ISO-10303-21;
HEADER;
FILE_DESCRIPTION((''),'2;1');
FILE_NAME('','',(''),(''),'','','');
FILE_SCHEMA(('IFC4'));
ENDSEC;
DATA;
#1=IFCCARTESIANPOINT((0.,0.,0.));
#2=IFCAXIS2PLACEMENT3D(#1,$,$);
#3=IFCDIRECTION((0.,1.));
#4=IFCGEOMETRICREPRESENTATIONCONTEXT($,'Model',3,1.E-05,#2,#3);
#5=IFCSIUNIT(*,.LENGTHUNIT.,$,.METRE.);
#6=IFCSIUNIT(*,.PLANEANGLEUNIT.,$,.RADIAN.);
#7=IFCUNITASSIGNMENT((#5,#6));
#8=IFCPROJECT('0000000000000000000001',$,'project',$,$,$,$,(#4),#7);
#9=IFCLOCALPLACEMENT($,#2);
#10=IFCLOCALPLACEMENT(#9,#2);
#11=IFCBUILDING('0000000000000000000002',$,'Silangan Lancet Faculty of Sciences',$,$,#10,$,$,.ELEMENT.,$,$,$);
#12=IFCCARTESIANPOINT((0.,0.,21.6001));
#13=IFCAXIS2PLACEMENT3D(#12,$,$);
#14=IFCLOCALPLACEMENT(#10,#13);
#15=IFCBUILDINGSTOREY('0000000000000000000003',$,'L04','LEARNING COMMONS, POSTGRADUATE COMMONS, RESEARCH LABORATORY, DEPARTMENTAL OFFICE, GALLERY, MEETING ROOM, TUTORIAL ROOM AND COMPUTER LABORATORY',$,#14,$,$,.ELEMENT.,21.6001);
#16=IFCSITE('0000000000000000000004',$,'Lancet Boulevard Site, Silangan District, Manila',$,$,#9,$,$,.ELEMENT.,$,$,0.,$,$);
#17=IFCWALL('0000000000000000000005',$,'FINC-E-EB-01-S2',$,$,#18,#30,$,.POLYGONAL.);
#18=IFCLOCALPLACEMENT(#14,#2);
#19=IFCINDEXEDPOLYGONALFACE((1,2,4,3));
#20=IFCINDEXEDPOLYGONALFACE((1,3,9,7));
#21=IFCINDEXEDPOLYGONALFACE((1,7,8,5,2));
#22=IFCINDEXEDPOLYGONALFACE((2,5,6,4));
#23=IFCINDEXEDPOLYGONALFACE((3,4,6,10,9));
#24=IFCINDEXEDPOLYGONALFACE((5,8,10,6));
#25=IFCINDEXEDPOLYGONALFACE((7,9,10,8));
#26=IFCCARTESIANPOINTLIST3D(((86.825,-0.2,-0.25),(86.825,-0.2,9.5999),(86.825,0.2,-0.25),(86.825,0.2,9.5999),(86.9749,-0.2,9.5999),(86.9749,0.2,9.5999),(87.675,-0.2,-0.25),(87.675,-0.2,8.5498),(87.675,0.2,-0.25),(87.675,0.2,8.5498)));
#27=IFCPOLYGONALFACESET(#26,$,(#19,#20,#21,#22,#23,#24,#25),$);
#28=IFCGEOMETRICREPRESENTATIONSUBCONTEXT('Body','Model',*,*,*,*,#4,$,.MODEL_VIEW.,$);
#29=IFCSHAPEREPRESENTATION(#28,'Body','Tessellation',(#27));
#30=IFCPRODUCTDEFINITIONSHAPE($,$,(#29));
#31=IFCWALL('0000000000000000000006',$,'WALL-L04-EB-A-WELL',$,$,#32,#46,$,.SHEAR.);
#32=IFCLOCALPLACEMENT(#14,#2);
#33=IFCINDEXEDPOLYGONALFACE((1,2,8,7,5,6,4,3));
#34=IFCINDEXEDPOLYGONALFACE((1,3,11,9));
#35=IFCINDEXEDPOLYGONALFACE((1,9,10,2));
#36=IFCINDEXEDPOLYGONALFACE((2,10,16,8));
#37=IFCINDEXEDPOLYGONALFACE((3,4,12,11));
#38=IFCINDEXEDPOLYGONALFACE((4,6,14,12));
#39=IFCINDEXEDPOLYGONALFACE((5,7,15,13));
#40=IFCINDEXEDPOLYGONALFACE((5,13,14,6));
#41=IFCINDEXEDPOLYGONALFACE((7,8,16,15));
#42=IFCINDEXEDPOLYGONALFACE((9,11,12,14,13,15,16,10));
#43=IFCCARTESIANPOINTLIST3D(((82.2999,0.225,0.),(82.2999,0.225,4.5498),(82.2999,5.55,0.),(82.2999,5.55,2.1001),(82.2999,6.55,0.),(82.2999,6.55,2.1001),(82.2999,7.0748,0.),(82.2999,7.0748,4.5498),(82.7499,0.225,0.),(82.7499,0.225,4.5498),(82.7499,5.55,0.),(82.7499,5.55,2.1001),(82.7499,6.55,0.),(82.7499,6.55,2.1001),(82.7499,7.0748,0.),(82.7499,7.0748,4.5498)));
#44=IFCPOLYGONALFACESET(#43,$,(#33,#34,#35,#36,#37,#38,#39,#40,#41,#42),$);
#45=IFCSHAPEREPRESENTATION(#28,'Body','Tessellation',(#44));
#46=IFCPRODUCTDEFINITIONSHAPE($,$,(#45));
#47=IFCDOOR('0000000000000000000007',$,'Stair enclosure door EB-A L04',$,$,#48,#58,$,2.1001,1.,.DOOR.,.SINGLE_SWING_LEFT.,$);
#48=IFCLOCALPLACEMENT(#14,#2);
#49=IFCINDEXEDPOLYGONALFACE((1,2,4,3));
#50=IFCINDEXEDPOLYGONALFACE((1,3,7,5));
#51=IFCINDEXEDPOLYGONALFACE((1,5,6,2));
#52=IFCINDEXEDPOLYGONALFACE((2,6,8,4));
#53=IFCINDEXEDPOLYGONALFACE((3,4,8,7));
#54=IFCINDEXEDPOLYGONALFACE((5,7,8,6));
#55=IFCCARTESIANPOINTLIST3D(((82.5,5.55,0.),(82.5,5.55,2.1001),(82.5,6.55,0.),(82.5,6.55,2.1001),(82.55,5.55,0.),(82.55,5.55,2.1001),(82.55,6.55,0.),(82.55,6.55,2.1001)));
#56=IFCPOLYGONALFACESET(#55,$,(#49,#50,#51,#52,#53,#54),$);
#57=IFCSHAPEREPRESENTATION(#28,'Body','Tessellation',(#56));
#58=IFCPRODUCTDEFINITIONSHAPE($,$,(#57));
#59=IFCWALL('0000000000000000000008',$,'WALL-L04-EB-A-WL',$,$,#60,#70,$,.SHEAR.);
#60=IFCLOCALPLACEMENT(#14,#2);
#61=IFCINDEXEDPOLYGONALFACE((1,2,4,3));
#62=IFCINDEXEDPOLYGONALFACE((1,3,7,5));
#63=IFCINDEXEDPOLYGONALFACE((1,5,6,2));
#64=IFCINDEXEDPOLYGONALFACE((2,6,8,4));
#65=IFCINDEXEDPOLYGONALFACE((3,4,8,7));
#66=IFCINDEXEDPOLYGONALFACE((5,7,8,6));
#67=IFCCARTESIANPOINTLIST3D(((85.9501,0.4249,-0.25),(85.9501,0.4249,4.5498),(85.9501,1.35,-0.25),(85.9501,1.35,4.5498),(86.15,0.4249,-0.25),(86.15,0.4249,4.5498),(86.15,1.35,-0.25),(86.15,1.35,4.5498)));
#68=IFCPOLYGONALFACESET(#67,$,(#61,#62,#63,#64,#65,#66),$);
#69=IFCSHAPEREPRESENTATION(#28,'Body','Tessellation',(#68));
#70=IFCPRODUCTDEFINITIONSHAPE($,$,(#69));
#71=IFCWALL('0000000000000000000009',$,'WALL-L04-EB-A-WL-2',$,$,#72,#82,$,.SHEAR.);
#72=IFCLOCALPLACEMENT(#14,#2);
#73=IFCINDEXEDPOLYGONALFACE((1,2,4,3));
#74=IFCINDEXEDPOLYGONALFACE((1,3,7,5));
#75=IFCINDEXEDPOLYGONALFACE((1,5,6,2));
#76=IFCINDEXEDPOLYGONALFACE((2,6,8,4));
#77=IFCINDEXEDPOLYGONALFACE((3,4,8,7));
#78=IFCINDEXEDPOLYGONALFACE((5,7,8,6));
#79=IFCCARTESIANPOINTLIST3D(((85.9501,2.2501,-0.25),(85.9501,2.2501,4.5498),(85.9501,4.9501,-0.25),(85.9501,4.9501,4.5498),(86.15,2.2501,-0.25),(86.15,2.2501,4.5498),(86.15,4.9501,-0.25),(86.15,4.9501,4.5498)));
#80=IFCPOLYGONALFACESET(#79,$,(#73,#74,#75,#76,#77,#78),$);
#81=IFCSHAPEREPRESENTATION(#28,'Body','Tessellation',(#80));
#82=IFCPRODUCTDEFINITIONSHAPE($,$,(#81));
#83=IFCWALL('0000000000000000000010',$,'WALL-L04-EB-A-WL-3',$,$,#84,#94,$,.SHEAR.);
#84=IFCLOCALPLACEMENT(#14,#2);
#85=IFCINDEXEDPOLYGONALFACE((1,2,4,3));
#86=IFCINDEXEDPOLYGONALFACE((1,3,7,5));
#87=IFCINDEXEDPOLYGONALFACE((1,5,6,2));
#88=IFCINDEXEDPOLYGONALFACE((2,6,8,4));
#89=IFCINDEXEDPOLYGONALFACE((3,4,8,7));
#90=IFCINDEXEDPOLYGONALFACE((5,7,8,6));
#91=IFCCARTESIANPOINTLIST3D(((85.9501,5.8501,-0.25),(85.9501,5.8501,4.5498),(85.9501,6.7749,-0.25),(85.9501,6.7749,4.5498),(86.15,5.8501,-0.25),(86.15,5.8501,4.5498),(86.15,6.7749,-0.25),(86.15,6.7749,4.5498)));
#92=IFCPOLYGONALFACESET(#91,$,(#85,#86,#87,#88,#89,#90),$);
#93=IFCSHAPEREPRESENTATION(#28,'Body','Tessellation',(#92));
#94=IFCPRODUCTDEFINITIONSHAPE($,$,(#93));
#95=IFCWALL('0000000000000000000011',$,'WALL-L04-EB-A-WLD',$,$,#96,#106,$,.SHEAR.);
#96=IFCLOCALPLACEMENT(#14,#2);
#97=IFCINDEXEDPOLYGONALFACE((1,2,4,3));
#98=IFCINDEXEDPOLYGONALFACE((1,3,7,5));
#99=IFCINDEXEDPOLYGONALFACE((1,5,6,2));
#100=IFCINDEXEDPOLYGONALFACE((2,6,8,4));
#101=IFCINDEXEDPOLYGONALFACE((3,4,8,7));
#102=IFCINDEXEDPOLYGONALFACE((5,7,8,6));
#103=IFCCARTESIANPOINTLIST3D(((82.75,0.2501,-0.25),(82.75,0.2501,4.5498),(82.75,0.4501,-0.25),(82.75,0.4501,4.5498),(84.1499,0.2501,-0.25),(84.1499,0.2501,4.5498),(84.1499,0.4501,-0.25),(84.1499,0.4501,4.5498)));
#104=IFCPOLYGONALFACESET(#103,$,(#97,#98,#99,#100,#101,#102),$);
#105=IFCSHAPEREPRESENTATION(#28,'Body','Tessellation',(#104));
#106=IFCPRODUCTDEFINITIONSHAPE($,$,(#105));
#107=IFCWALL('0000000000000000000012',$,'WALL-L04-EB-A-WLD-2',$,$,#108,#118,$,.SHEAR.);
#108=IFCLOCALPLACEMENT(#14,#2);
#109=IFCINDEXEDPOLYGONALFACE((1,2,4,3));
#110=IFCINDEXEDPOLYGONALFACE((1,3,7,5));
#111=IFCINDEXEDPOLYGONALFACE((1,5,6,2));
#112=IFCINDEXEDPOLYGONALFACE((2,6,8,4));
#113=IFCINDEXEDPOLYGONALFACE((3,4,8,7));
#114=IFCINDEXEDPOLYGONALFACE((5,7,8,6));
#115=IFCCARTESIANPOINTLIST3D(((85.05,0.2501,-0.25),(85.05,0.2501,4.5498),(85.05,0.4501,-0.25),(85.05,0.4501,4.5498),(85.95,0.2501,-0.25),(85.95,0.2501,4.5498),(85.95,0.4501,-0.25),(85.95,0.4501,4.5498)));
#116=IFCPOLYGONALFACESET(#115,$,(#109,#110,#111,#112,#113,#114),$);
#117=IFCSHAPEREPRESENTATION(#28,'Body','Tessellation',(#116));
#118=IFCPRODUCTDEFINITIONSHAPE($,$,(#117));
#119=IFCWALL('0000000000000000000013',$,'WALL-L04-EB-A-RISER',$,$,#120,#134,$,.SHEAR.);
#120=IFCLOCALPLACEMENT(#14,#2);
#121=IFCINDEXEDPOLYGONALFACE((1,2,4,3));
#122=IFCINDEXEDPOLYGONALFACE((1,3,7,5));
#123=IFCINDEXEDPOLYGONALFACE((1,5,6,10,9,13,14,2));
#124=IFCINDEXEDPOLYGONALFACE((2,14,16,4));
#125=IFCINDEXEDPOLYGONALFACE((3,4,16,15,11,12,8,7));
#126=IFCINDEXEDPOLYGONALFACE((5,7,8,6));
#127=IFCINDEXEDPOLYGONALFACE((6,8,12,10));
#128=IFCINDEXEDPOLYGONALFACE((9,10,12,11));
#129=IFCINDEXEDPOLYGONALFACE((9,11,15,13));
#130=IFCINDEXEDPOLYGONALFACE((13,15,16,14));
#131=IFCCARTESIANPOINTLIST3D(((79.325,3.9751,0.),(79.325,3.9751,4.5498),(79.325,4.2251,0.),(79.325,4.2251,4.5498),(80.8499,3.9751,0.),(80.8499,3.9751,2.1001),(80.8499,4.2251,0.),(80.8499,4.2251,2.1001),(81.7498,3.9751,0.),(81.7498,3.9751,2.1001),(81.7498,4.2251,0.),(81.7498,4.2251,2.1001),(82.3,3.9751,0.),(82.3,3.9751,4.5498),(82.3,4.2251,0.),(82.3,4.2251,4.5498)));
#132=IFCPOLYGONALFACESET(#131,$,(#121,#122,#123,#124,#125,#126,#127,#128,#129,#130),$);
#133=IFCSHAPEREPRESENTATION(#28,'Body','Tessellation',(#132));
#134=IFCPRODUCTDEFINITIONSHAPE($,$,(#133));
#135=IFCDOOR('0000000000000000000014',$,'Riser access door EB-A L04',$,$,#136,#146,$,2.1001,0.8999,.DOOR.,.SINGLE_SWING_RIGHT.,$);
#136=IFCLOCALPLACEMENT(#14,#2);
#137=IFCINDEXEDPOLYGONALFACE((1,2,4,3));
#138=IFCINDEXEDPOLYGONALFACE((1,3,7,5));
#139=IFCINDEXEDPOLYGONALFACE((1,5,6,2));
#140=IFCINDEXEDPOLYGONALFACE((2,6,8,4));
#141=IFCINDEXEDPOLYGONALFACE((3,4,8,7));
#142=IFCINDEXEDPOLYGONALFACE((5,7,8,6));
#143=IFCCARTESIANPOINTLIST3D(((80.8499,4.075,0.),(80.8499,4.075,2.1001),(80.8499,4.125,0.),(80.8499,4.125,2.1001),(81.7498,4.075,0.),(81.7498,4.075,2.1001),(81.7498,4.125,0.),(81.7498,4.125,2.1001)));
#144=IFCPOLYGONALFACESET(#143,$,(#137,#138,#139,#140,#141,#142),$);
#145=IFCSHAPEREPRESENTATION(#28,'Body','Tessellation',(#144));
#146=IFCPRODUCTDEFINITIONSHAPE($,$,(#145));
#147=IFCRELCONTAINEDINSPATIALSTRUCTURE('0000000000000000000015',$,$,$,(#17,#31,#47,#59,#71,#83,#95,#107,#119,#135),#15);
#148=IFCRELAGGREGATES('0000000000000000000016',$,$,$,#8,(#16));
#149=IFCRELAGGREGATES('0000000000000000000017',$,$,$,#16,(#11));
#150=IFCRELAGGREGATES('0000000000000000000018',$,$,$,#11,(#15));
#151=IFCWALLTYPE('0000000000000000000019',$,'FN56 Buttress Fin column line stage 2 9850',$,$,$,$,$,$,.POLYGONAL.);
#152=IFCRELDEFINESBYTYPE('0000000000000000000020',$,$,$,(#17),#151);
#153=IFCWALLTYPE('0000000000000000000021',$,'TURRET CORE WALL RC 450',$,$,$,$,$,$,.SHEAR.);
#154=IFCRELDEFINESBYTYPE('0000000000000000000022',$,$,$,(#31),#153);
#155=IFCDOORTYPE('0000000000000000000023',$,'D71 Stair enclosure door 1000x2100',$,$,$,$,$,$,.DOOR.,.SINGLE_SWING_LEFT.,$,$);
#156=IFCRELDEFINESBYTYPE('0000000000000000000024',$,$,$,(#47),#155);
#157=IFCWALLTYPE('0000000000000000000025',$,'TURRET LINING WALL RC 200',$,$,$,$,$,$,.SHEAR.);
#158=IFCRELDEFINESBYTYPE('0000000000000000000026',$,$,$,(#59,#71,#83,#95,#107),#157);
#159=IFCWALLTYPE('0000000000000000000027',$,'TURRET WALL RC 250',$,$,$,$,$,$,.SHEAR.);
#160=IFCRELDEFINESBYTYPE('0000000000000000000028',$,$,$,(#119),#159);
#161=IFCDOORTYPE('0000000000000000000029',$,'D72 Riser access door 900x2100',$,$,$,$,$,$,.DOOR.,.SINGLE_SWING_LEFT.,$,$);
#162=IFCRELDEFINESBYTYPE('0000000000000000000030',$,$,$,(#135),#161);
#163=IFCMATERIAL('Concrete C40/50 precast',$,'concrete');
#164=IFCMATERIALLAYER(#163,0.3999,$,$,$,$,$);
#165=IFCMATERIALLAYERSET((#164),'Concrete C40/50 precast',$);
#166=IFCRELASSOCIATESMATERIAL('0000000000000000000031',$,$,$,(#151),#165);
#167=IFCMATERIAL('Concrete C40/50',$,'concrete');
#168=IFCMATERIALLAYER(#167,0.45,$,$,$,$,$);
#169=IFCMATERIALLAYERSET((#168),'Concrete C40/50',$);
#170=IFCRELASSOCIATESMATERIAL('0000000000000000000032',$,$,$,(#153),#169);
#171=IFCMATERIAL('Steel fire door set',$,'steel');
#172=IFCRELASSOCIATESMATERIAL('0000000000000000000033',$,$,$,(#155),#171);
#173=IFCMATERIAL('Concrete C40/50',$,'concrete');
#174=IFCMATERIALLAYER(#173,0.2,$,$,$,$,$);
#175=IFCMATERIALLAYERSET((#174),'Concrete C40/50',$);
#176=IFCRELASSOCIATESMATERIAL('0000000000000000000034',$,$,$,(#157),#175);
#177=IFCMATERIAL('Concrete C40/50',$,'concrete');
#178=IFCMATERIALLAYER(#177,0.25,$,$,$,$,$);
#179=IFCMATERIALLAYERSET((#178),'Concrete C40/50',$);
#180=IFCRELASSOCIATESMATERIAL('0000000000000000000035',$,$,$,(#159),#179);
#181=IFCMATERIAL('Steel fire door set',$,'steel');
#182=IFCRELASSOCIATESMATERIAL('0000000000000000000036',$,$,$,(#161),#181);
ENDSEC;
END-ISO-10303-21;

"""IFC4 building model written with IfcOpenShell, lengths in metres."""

from ifc_helpers import new_model, si_unit, direction, frame, frame_2d, origin, place, context, subcontext, project, spatial, polyline, rectangle, outline, extrude, material, layer, layer_set, type_object, element, fill, save


model = new_model("IFC4")

# Units and contexts
model_context = context("Model", 3, precision=1e-05, world=origin(), true_north=direction((0.0, 1.0)))
body_context = subcontext(model_context, "Body", "Model", "MODEL_VIEW")
ifc_project = project(units=[si_unit("LENGTHUNIT", "METRE"), si_unit("PLANEANGLEUNIT", "RADIAN")], contexts=[model_context])

# Site, building, storey
site_placement = place(None, origin())
site = spatial("IfcSite", under=ifc_project, at=site_placement, Name="Lancet Boulevard Site, Silangan District, Manila", CompositionType="ELEMENT", RefElevation=0.0)
building_placement = place(site_placement, origin())
building = spatial("IfcBuilding", under=site, at=building_placement, Name="Silangan Lancet Faculty of Sciences", CompositionType="ELEMENT")
storey_placement = place(building_placement, frame((0.0, 0.0, 21.6001)))
storey = spatial("IfcBuildingStorey", under=building, at=storey_placement, Name="L04", Description="LEARNING COMMONS, POSTGRADUATE COMMONS, RESEARCH LABORATORY, DEPARTMENTAL OFFICE, GALLERY, MEETING ROOM, TUTORIAL ROOM AND COMPUTER LABORATORY", CompositionType="ELEMENT", Elevation=21.6001)

# Wall
ifc_material_1 = material(Name="Concrete C40/50 precast", Category="concrete")
ifc_layer_1 = layer(ifc_material_1, 0.3999)
ifc_layer_set_1 = layer_set([ifc_layer_1], Name="Concrete C40/50 precast")
wall_type_1 = type_object("IfcWallType", Name="FN56 Buttress Fin column line stage 2 9850", PredefinedType="POLYGONAL", material=ifc_layer_set_1)
for number, where, z_axis, x_axis, name in (
    (1, (86.825, 0.0, -0.25), (0.0, 0.0, 1.0), (1.0, 0.0, 0.0), "FINC-E-EB-01-S2"),
):
    element("IfcWall", number, at=place(storey_placement, frame(where, z_axis=z_axis, x_axis=x_axis)), inside=storey, type_object=wall_type_1, Name=name, PredefinedType="POLYGONAL", context=body_context, shape_type="SweptSolid", body=[
        extrude(outline(polyline([(0.8501, 0.0), (0.8501, 8.7998), (0.1499, 9.8499), (0.0, 9.8499), (0.0, 0.0), (0.8501, 0.0)])), frame((0.0, 0.2, 0.0), z_axis=(0.0, -1.0, 0.0), x_axis=(1.0, 0.0, 0.0)), (0.0, 0.0, 1.0), 0.3999),
    ])

# Wall, opening, door
ifc_material_2 = material(Name="Concrete C40/50", Category="concrete")
ifc_layer_2 = layer(ifc_material_2, 0.45)
ifc_layer_set_2 = layer_set([ifc_layer_2], Name="Concrete C40/50")
wall_type_2 = type_object("IfcWallType", Name="TURRET CORE WALL RC 450", PredefinedType="SHEAR", material=ifc_layer_set_2)
wall_1_placement = place(storey_placement, frame((82.5249, 0.2251, 0.0), z_axis=(0.0, 0.0, 1.0), x_axis=(0.0, 1.0, 0.0)))
wall_1 = element("IfcWall", 2, at=wall_1_placement, inside=storey, type_object=wall_type_2, Name="WALL-L04-EB-A-WELL", PredefinedType="SHEAR", context=body_context, shape_type="SweptSolid", body=[
    extrude(rectangle(XDim=6.8499, YDim=0.45, at=frame_2d((3.4248, 0.0))), origin(), (0.0, 0.0, 1.0), 4.5498),
])
opening_1_placement = place(wall_1_placement, frame((5.325, 0.0, 0.0)))
opening_1 = element("IfcOpeningElement", 3, at=opening_1_placement, cuts=wall_1, PredefinedType="OPENING", context=body_context, shape_type="SweptSolid", body=[
    extrude(rectangle(XDim=1.0, YDim=2.1001, at=frame_2d((0.5, 1.05))), frame((0.0, 0.2349, 0.0), z_axis=(0.0, -1.0, 0.0), x_axis=(1.0, 0.0, 0.0)), (0.0, 0.0, 1.0), 0.47),
])
ifc_material_3 = material(Name="Steel fire door set", Category="steel")
door_type_1 = type_object("IfcDoorType", Name="D71 Stair enclosure door 1000x2100", OperationType="SINGLE_SWING_LEFT", PredefinedType="DOOR", material=ifc_material_3)
door_1_placement = place(opening_1_placement, frame((1.0, 0.0, 0.0), z_axis=(0.0, 0.0, 1.0), x_axis=(-1.0, 0.0, 0.0)))
door_1 = element("IfcDoor", 4, at=door_1_placement, inside=storey, type_object=door_type_1, Name="Stair enclosure door EB-A L04", OperationType="SINGLE_SWING_LEFT", OverallHeight=2.1001, OverallWidth=1.0, PredefinedType="DOOR", context=body_context, shape_type="SweptSolid", body=[
    extrude(rectangle(XDim=1.0, YDim=2.1001, at=frame_2d((0.5, 1.05))), frame((0.0, 0.0251, 0.0), z_axis=(0.0, -1.0, 0.0), x_axis=(1.0, 0.0, 0.0)), (0.0, 0.0, 1.0), 0.05),
])
fill(opening_1, door_1)

# Walls
ifc_material_4 = material(Name="Concrete C40/50", Category="concrete")
ifc_layer_3 = layer(ifc_material_4, 0.2)
ifc_layer_set_3 = layer_set([ifc_layer_3], Name="Concrete C40/50")
wall_type_3 = type_object("IfcWallType", Name="TURRET LINING WALL RC 200", PredefinedType="SHEAR", material=ifc_layer_set_3)
wall_2_placement = place(storey_placement, frame((86.05, 0.425, -0.25), z_axis=(0.0, 0.0, 1.0), x_axis=(0.0, 1.0, 0.0)))
element("IfcWall", 5, at=wall_2_placement, inside=storey, type_object=wall_type_3, Name="WALL-L04-EB-A-WL", PredefinedType="SHEAR", context=body_context, shape_type="SweptSolid", body=[
    extrude(rectangle(XDim=0.925, YDim=0.2, at=frame_2d((0.4624, 0.0))), origin(), (0.0, 0.0, 1.0), 4.7998),
])
wall_3_placement = place(storey_placement, frame((86.05, 2.25, -0.25), z_axis=(0.0, 0.0, 1.0), x_axis=(0.0, 1.0, 0.0)))
element("IfcWall", 6, at=wall_3_placement, inside=storey, type_object=wall_type_3, Name="WALL-L04-EB-A-WL-2", PredefinedType="SHEAR", context=body_context, shape_type="SweptSolid", body=[
    extrude(rectangle(XDim=2.7, YDim=0.2, at=frame_2d((1.3501, 0.0))), origin(), (0.0, 0.0, 1.0), 4.7998),
])
wall_4_placement = place(storey_placement, frame((86.05, 5.8501, -0.25), z_axis=(0.0, 0.0, 1.0), x_axis=(0.0, 1.0, 0.0)))
element("IfcWall", 7, at=wall_4_placement, inside=storey, type_object=wall_type_3, Name="WALL-L04-EB-A-WL-3", PredefinedType="SHEAR", context=body_context, shape_type="SweptSolid", body=[
    extrude(rectangle(XDim=0.9248, YDim=0.2, at=frame_2d((0.4624, 0.0))), origin(), (0.0, 0.0, 1.0), 4.7998),
])
wall_5_placement = place(storey_placement, frame((82.75, 0.3501, -0.25), z_axis=(0.0, 0.0, 1.0), x_axis=(1.0, 0.0, 0.0)))
element("IfcWall", 8, at=wall_5_placement, inside=storey, type_object=wall_type_3, Name="WALL-L04-EB-A-WLD", PredefinedType="SHEAR", context=body_context, shape_type="SweptSolid", body=[
    extrude(rectangle(XDim=1.3999, YDim=0.2, at=frame_2d((0.7, 0.0))), origin(), (0.0, 0.0, 1.0), 4.7998),
])
wall_6_placement = place(storey_placement, frame((85.05, 0.3501, -0.25), z_axis=(0.0, 0.0, 1.0), x_axis=(1.0, 0.0, 0.0)))
element("IfcWall", 9, at=wall_6_placement, inside=storey, type_object=wall_type_3, Name="WALL-L04-EB-A-WLD-2", PredefinedType="SHEAR", context=body_context, shape_type="SweptSolid", body=[
    extrude(rectangle(XDim=0.8999, YDim=0.2, at=frame_2d((0.45, 0.0))), origin(), (0.0, 0.0, 1.0), 4.7998),
])

# Wall, opening, door
ifc_material_5 = material(Name="Concrete C40/50", Category="concrete")
ifc_layer_4 = layer(ifc_material_5, 0.25)
ifc_layer_set_4 = layer_set([ifc_layer_4], Name="Concrete C40/50")
wall_type_4 = type_object("IfcWallType", Name="TURRET WALL RC 250", PredefinedType="SHEAR", material=ifc_layer_set_4)
wall_7_placement = place(storey_placement, frame((79.325, 4.1001, 0.0), z_axis=(0.0, 0.0, 1.0), x_axis=(1.0, 0.0, 0.0)))
wall_7 = element("IfcWall", 10, at=wall_7_placement, inside=storey, type_object=wall_type_4, Name="WALL-L04-EB-A-RISER", PredefinedType="SHEAR", context=body_context, shape_type="SweptSolid", body=[
    extrude(rectangle(XDim=2.9751, YDim=0.25, at=frame_2d((1.4875, 0.0))), origin(), (0.0, 0.0, 1.0), 4.5498),
])
opening_2_placement = place(wall_7_placement, frame((1.5249, 0.0, 0.0)))
opening_2 = element("IfcOpeningElement", 11, at=opening_2_placement, cuts=wall_7, PredefinedType="OPENING", context=body_context, shape_type="SweptSolid", body=[
    extrude(rectangle(XDim=0.8999, YDim=2.1001, at=frame_2d((0.45, 1.05))), frame((0.0, 0.135, 0.0), z_axis=(0.0, -1.0, 0.0), x_axis=(1.0, 0.0, 0.0)), (0.0, 0.0, 1.0), 0.27),
])
ifc_material_6 = material(Name="Steel fire door set", Category="steel")
door_type_2 = type_object("IfcDoorType", Name="D72 Riser access door 900x2100", OperationType="SINGLE_SWING_LEFT", PredefinedType="DOOR", material=ifc_material_6)
door_2_placement = place(opening_2_placement, frame((0.8999, 0.0, 0.0), z_axis=(0.0, 0.0, 1.0), x_axis=(-1.0, 0.0, 0.0)))
door_2 = element("IfcDoor", 12, at=door_2_placement, inside=storey, type_object=door_type_2, Name="Riser access door EB-A L04", OperationType="SINGLE_SWING_RIGHT", OverallHeight=2.1001, OverallWidth=0.8999, PredefinedType="DOOR", context=body_context, shape_type="SweptSolid", body=[
    extrude(rectangle(XDim=0.8999, YDim=2.1001, at=frame_2d((0.45, 1.05))), frame((0.0, 0.0251, 0.0), z_axis=(0.0, -1.0, 0.0), x_axis=(1.0, 0.0, 0.0)), (0.0, 0.0, 1.0), 0.05),
])
fill(opening_2, door_2)

save(model, "model.ifc")
